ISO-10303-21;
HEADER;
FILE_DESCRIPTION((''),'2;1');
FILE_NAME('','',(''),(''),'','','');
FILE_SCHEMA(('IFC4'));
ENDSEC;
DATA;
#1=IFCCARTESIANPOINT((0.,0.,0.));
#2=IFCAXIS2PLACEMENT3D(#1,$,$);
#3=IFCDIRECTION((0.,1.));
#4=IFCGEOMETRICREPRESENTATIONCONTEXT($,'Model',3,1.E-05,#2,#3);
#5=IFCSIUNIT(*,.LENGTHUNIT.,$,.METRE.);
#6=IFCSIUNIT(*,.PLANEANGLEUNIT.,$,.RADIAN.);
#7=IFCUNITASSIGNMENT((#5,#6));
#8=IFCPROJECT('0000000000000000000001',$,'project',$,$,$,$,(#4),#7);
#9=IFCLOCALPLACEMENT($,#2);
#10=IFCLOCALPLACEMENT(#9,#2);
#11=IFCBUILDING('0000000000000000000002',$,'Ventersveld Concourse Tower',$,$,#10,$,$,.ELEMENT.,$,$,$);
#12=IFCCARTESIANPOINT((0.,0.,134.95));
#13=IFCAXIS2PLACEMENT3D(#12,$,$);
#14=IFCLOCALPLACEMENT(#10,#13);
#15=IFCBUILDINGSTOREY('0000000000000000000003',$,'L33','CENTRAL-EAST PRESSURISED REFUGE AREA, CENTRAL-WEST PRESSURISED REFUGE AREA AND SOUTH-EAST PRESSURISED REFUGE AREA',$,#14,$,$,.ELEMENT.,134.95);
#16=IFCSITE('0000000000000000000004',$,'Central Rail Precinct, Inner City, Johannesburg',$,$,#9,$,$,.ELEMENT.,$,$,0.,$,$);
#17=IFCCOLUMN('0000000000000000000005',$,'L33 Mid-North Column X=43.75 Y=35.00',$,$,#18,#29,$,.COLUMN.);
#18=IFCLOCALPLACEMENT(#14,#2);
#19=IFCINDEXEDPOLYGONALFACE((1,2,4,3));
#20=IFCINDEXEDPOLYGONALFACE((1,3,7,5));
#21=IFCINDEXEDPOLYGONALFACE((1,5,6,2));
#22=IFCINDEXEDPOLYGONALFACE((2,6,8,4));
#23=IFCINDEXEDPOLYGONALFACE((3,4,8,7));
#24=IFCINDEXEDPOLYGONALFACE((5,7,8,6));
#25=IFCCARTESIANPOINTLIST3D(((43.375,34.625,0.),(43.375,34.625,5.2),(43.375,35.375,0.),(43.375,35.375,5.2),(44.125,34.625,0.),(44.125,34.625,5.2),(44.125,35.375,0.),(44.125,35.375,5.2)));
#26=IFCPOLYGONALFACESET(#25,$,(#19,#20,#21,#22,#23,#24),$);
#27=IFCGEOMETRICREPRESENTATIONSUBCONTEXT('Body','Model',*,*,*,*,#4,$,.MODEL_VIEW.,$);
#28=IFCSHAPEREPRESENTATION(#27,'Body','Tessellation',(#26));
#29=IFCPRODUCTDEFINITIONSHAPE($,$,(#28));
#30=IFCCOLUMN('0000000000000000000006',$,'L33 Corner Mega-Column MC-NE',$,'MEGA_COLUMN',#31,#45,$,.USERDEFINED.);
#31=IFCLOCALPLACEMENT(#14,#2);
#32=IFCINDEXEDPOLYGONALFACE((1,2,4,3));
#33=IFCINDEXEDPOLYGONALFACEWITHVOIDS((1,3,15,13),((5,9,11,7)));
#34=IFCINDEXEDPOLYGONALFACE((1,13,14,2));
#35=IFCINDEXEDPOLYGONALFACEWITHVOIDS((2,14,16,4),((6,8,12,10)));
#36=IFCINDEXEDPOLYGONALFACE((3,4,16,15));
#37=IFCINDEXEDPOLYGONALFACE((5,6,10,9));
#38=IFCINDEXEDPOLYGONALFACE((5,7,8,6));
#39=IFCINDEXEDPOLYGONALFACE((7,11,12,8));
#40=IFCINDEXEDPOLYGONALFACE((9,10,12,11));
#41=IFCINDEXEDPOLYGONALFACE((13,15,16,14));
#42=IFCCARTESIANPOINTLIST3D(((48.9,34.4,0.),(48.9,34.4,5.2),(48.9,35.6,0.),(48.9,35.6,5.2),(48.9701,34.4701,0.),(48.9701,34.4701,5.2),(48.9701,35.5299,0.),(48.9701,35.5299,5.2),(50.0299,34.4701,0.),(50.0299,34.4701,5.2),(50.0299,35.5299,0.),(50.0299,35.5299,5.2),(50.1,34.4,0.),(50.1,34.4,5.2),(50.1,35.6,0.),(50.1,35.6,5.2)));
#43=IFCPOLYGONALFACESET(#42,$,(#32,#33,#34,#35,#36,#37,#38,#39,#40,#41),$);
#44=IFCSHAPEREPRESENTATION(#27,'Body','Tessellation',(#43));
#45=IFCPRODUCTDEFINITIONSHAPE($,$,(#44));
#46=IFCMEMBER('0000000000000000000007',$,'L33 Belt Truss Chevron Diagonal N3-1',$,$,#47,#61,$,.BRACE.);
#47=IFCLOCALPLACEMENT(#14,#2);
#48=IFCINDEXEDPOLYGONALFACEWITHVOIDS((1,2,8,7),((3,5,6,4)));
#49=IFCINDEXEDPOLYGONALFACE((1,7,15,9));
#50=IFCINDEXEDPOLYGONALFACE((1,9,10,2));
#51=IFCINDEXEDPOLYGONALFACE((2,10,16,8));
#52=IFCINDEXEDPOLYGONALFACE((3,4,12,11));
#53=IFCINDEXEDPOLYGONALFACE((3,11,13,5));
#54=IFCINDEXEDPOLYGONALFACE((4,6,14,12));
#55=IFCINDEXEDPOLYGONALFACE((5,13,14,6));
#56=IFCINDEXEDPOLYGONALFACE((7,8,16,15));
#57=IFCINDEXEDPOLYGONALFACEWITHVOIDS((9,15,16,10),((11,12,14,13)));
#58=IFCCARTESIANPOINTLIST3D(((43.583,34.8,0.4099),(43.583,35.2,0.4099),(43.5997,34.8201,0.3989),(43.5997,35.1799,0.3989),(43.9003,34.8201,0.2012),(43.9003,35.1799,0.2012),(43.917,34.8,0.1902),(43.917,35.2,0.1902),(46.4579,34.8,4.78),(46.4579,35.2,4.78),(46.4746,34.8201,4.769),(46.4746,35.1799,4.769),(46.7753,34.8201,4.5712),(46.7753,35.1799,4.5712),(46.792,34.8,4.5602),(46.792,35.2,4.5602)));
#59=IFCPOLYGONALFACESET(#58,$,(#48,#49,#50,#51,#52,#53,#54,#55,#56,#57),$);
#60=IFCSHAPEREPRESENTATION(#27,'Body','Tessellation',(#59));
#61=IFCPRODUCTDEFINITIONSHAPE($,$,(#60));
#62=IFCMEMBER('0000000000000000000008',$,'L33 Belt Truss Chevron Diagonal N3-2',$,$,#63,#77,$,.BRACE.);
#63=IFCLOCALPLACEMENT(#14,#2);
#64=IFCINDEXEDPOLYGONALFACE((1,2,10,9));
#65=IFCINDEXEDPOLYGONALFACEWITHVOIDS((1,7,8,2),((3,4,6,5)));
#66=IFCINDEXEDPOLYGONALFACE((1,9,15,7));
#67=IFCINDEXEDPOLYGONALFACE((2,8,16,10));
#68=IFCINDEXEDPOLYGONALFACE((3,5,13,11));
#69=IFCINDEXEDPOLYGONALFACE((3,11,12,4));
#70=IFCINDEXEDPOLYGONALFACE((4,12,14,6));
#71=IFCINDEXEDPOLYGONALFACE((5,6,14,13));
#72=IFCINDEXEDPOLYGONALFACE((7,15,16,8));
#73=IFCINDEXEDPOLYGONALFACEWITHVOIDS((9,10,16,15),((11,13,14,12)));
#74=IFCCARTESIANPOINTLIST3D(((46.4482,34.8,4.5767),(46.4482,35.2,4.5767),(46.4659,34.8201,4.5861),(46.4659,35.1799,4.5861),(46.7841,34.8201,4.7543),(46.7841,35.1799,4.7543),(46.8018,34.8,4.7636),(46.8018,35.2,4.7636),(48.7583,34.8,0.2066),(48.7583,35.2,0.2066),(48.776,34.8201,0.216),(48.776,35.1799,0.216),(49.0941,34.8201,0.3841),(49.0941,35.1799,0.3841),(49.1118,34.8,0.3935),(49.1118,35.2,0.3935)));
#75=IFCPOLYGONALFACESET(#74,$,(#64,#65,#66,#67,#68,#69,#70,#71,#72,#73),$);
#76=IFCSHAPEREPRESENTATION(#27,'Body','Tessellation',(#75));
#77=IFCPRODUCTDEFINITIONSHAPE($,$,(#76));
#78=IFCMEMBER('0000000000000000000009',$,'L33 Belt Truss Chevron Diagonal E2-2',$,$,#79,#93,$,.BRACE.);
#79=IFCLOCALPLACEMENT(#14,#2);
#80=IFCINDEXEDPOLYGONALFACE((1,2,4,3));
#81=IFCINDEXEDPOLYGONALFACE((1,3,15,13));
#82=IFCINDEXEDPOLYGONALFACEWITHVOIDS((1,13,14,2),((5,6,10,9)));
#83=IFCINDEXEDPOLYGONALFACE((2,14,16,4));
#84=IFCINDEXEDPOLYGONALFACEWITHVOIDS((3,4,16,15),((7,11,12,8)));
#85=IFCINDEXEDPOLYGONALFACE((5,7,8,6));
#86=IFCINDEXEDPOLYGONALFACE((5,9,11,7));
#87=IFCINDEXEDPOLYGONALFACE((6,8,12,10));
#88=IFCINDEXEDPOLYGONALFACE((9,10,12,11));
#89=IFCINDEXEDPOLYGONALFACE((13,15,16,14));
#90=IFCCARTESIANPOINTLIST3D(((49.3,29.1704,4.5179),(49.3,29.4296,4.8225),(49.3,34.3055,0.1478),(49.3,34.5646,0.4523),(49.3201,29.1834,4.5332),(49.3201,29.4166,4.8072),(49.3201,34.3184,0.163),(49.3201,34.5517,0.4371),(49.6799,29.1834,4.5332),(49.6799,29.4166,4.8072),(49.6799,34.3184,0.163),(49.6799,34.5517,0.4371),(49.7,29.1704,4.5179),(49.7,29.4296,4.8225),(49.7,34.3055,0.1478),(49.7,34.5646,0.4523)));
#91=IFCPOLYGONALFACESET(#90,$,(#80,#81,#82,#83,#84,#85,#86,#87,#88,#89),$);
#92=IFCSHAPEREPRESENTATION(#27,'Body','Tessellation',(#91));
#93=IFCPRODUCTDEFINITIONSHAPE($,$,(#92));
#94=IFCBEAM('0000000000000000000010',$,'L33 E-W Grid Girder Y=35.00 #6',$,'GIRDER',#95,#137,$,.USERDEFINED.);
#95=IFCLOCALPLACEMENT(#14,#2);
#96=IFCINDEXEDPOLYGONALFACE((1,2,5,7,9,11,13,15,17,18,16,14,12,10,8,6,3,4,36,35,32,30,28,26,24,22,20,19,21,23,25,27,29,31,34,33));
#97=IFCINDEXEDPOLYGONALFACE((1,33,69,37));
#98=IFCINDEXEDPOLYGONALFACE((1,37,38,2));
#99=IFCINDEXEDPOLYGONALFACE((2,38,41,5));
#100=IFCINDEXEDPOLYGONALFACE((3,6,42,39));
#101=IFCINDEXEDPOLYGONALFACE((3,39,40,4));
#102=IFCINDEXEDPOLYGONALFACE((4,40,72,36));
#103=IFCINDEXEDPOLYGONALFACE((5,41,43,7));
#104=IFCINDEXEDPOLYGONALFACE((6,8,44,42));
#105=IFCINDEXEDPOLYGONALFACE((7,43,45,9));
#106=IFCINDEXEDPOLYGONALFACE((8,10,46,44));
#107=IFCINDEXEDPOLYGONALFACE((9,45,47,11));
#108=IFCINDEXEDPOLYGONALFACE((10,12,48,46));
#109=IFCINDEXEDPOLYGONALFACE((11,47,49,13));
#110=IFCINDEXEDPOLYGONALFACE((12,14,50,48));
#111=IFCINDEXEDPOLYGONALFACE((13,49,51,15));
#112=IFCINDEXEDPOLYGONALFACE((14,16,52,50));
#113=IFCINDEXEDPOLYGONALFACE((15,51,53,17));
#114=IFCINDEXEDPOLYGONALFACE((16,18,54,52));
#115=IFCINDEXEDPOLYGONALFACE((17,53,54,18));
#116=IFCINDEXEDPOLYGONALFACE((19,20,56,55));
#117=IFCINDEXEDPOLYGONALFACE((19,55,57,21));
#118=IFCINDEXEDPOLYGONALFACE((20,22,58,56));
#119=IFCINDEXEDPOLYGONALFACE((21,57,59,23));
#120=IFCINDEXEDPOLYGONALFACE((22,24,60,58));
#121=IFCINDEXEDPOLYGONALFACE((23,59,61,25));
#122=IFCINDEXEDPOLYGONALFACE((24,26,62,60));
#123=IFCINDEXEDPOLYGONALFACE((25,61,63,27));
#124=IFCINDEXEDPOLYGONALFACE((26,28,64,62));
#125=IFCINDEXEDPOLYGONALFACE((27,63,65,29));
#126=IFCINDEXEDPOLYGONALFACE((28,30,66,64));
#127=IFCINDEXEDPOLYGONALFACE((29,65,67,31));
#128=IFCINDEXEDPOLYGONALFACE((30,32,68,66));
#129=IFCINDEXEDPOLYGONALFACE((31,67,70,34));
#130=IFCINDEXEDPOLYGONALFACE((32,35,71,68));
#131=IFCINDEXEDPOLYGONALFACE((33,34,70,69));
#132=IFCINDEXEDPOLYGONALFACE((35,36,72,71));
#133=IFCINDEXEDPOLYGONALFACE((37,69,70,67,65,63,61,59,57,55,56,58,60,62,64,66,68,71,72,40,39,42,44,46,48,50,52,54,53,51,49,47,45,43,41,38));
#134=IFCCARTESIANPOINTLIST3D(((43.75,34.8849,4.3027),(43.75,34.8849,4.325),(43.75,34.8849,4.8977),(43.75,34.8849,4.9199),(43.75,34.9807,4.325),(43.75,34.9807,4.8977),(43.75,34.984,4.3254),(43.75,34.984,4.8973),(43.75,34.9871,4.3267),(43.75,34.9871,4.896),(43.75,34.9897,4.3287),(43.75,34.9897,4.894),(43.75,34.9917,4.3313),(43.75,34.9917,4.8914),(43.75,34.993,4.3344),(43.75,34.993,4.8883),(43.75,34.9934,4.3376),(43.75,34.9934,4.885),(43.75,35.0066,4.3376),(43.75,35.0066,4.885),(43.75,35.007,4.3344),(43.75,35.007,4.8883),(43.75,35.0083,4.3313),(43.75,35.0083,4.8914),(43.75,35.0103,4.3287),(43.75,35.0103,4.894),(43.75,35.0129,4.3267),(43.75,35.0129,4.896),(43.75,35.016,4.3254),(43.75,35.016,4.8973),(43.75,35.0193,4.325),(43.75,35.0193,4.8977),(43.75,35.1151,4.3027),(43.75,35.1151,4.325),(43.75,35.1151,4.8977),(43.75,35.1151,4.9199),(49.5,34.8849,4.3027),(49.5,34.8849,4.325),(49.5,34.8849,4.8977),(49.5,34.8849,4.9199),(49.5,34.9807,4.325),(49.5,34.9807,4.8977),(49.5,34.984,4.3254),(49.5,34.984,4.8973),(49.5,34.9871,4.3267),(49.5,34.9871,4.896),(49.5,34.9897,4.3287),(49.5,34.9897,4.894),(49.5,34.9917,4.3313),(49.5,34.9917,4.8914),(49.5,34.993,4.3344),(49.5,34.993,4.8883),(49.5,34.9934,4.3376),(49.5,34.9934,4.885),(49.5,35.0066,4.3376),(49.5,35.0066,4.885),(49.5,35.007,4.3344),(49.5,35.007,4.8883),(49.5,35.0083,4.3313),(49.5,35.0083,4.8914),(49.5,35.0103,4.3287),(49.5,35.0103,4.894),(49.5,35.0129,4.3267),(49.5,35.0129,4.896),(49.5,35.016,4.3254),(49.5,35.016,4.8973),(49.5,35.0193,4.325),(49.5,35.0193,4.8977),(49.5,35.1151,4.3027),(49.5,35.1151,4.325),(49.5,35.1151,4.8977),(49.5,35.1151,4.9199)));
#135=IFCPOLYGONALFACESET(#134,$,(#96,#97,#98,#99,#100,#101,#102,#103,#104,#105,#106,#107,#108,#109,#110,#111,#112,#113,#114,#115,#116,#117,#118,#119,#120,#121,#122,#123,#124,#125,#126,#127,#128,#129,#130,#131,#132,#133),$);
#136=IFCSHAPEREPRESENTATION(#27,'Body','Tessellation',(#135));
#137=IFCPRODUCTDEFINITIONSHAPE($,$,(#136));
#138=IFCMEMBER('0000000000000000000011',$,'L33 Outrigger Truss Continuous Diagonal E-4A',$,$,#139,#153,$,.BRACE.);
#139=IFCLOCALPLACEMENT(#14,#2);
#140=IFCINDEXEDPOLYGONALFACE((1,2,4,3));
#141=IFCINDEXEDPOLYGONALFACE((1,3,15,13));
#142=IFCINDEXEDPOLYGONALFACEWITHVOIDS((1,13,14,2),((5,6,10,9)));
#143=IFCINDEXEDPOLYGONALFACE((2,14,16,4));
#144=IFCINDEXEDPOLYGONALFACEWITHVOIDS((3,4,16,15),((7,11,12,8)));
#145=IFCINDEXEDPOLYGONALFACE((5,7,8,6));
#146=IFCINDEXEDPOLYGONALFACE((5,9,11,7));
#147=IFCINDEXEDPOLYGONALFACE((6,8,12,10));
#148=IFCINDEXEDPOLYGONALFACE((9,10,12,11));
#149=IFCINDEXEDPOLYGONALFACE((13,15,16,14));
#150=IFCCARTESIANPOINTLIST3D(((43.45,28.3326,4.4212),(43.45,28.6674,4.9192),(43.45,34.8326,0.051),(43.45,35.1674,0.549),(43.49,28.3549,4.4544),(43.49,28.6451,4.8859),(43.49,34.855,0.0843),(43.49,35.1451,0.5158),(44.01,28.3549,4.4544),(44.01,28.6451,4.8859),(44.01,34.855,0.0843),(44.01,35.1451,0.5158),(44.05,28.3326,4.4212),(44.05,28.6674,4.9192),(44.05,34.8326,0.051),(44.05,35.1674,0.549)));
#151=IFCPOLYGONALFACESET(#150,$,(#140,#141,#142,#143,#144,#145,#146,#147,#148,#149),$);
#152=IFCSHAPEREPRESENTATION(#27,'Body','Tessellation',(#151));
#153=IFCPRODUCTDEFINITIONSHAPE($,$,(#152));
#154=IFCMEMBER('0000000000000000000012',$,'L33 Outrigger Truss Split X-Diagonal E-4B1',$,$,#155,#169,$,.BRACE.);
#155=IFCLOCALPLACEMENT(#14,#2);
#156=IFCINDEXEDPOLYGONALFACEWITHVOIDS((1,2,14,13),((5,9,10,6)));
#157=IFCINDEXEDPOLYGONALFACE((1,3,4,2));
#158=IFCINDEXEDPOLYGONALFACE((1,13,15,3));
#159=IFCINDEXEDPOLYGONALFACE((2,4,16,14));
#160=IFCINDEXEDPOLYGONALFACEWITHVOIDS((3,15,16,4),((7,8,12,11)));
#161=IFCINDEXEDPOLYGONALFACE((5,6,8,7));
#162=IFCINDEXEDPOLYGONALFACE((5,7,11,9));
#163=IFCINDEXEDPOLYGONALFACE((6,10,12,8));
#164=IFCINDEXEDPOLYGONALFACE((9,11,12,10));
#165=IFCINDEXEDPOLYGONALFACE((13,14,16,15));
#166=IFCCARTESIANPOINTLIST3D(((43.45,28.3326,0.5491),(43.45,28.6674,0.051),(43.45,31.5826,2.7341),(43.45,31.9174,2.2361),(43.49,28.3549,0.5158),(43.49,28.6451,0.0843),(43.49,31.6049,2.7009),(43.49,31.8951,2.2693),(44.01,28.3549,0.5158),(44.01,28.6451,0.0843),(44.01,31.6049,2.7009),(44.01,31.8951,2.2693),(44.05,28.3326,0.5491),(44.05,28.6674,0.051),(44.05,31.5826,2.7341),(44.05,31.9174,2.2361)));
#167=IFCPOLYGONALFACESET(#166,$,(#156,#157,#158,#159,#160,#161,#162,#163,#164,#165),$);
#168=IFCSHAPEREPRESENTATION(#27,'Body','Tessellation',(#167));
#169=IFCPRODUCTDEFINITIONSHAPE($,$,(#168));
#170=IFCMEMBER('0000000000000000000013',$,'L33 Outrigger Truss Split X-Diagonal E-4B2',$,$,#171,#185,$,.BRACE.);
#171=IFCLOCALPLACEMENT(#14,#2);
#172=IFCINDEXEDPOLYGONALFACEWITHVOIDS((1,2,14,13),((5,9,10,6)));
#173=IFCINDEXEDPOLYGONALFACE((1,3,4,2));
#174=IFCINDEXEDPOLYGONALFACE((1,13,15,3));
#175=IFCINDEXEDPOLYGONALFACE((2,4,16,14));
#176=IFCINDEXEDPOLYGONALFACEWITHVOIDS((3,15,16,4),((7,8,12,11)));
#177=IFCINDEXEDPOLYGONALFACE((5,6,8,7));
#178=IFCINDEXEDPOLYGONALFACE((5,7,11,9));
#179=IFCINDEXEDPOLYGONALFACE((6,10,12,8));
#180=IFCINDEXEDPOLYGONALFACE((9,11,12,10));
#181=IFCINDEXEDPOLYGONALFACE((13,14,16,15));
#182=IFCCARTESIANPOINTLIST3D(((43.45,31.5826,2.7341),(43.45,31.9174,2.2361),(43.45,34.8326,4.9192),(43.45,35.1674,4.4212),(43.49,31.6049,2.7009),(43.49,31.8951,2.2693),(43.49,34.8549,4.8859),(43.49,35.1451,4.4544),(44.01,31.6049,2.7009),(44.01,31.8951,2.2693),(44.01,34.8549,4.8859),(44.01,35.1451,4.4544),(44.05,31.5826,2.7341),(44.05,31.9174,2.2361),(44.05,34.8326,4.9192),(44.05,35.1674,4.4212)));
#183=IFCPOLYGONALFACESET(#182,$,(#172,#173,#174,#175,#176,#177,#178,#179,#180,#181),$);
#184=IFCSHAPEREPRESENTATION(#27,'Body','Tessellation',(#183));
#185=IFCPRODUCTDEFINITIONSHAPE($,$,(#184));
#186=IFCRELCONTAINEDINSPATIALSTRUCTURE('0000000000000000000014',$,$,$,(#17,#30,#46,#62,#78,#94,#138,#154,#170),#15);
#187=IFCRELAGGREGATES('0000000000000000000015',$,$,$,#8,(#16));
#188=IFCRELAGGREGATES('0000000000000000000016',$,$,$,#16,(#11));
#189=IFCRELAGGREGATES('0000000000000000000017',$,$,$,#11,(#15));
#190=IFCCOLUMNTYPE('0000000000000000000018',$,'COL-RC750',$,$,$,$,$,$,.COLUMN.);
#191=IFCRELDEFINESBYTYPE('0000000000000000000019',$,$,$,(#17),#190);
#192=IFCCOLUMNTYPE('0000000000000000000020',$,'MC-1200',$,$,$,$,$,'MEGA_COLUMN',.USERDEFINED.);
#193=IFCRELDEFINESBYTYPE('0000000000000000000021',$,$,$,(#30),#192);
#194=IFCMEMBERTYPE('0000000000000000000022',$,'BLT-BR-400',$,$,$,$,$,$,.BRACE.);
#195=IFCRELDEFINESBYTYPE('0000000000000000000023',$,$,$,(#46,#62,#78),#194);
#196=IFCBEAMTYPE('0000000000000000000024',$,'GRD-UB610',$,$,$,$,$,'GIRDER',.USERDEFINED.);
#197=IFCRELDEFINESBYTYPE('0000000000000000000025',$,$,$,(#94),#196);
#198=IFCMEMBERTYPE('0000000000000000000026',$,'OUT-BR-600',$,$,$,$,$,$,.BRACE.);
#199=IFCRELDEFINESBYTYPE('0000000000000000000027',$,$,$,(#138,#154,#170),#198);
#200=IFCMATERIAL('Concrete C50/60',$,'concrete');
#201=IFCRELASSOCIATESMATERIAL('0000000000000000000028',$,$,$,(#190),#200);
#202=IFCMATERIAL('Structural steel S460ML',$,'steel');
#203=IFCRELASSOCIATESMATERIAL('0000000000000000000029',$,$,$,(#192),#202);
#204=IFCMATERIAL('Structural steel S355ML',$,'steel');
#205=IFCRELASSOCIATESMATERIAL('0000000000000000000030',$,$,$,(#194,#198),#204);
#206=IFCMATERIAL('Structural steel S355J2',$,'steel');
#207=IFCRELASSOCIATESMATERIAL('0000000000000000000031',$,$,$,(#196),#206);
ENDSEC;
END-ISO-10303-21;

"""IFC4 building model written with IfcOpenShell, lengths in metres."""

from ifc_helpers import new_model, si_unit, direction, frame, origin, origin_2d, place, context, subcontext, project, spatial, rectangle, hollow_rectangle, i_section, extrude, material, material_profile, profile_set, type_object, element, save


model = new_model("IFC4")

# Units and contexts
model_context = context("Model", 3, precision=1e-05, world=origin(), true_north=direction((0.0, 1.0)))
body_context = subcontext(model_context, "Body", "Model", "MODEL_VIEW")
ifc_project = project(units=[si_unit("LENGTHUNIT", "METRE"), si_unit("PLANEANGLEUNIT", "RADIAN")], contexts=[model_context])

# Site, building, storey
site_placement = place(None, origin())
site = spatial("IfcSite", under=ifc_project, at=site_placement, Name="Central Rail Precinct, Inner City, Johannesburg", CompositionType="ELEMENT", RefElevation=0.0)
building_placement = place(site_placement, origin())
building = spatial("IfcBuilding", under=site, at=building_placement, Name="Ventersveld Concourse Tower", CompositionType="ELEMENT")
storey_placement = place(building_placement, frame((0.0, 0.0, 134.95)))
storey = spatial("IfcBuildingStorey", under=building, at=storey_placement, Name="L33", Description="CENTRAL-EAST PRESSURISED REFUGE AREA, CENTRAL-WEST PRESSURISED REFUGE AREA AND SOUTH-EAST PRESSURISED REFUGE AREA", CompositionType="ELEMENT", Elevation=134.95)

# Columns
ifc_material_1 = material(Name="Concrete C50/60", Category="concrete")
ifc_material_profile_1 = material_profile(ifc_material_1, rectangle(XDim=0.75, YDim=0.75, at=origin_2d()), Name="RC 750x750")
ifc_profile_set_1 = profile_set([ifc_material_profile_1], Name="Concrete C50/60")
column_type_1 = type_object("IfcColumnType", Name="COL-RC750", PredefinedType="COLUMN", material=ifc_profile_set_1)
column_1_placement = place(storey_placement, frame((43.75, 35.0, 0.0), z_axis=(0.0, 0.0, 1.0), x_axis=(1.0, 0.0, 0.0)))
element("IfcColumn", 1, at=column_1_placement, inside=storey, type_object=column_type_1, Name="L33 Mid-North Column X=43.75 Y=35.00", PredefinedType="COLUMN", context=body_context, shape_type="SweptSolid", body=[
    extrude(rectangle(XDim=0.75, YDim=0.75, at=origin_2d()), origin(), (0.0, 0.0, 1.0), 5.2),
])
ifc_material_2 = material(Name="Structural steel S460ML", Category="steel")
ifc_material_profile_2 = material_profile(ifc_material_2, hollow_rectangle(XDim=1.2, YDim=1.2, WallThickness=0.0701, at=origin_2d()), Name="BOX 1200x1200x70")
ifc_profile_set_2 = profile_set([ifc_material_profile_2], Name="Structural steel S460ML")
column_type_2 = type_object("IfcColumnType", Name="MC-1200", ElementType="MEGA_COLUMN", PredefinedType="USERDEFINED", material=ifc_profile_set_2)
column_2_placement = place(storey_placement, frame((49.5, 35.0, 0.0), z_axis=(0.0, 0.0, 1.0), x_axis=(1.0, 0.0, 0.0)))
element("IfcColumn", 2, at=column_2_placement, inside=storey, type_object=column_type_2, Name="L33 Corner Mega-Column MC-NE", ObjectType="MEGA_COLUMN", PredefinedType="USERDEFINED", context=body_context, shape_type="SweptSolid", body=[
    extrude(hollow_rectangle(XDim=1.2, YDim=1.2, WallThickness=0.0701, at=origin_2d()), origin(), (0.0, 0.0, 1.0), 5.2),
])

# Members
ifc_material_3 = material(Name="Structural steel S355ML", Category="steel")
ifc_material_profile_3 = material_profile(ifc_material_3, hollow_rectangle(XDim=0.3999, YDim=0.3999, WallThickness=0.02, at=origin_2d()), Name="SHS 400x400x20")
ifc_profile_set_3 = profile_set([ifc_material_profile_3], Name="Structural steel S355ML")
member_type_1 = type_object("IfcMemberType", Name="BLT-BR-400", PredefinedType="BRACE", material=ifc_profile_set_3)
member_1_placement = place(storey_placement, frame((43.75, 35.0, 0.3), z_axis=(0.549606, 0.0, 0.835424), x_axis=(0.0, 1.0, 0.0)))
element("IfcMember", 3, at=member_1_placement, inside=storey, type_object=member_type_1, Name="L33 Belt Truss Chevron Diagonal N3-1", PredefinedType="BRACE", context=body_context, shape_type="SweptSolid", body=[
    extrude(hollow_rectangle(XDim=0.3999, YDim=0.3999, WallThickness=0.02, at=origin_2d()), origin(), (0.0, 0.0, 1.0), 5.231),
])
member_2_placement = place(storey_placement, frame((48.9351, 35.0, 0.3), z_axis=(-0.467329, 0.0, 0.884083), x_axis=(0.0, -1.0, 0.0)))
element("IfcMember", 4, at=member_2_placement, inside=storey, type_object=member_type_1, Name="L33 Belt Truss Chevron Diagonal N3-2", PredefinedType="BRACE", context=body_context, shape_type="SweptSolid", body=[
    extrude(hollow_rectangle(XDim=0.3999, YDim=0.3999, WallThickness=0.02, at=origin_2d()), origin(), (0.0, 0.0, 1.0), 4.9431),
])
member_3_placement = place(storey_placement, frame((49.5, 34.4351, 0.3), z_axis=(0.0, -0.761547, 0.64811), x_axis=(1.0, 0.0, 0.0)))
element("IfcMember", 5, at=member_3_placement, inside=storey, type_object=member_type_1, Name="L33 Belt Truss Chevron Diagonal E2-2", PredefinedType="BRACE", context=body_context, shape_type="SweptSolid", body=[
    extrude(hollow_rectangle(XDim=0.3999, YDim=0.3999, WallThickness=0.02, at=origin_2d()), origin(), (0.0, 0.0, 1.0), 6.7429),
])

# Beam
ifc_material_4 = material(Name="Structural steel S355J2", Category="steel")
ifc_material_profile_4 = material_profile(ifc_material_4, i_section(OverallWidth=0.2302, OverallDepth=0.6172, WebThickness=0.0132, FlangeThickness=0.0222, FilletRadius=0.0127, at=origin_2d()), Name="UB 610x229x140")
ifc_profile_set_4 = profile_set([ifc_material_profile_4], Name="Structural steel S355J2")
beam_type = type_object("IfcBeamType", Name="GRD-UB610", ElementType="GIRDER", PredefinedType="USERDEFINED", material=ifc_profile_set_4)
beam_placement = place(storey_placement, frame((43.75, 35.0, 4.6113), z_axis=(1.0, 0.0, 0.0), x_axis=(0.0, 1.0, 0.0)))
element("IfcBeam", 6, at=beam_placement, inside=storey, type_object=beam_type, Name="L33 E-W Grid Girder Y=35.00 #6", ObjectType="GIRDER", PredefinedType="USERDEFINED", context=body_context, shape_type="SweptSolid", body=[
    extrude(i_section(OverallWidth=0.2302, OverallDepth=0.6172, WebThickness=0.0132, FlangeThickness=0.0222, FilletRadius=0.0127, at=origin_2d()), origin(), (0.0, 0.0, 1.0), 5.75),
])

# Members
ifc_material_profile_5 = material_profile(ifc_material_3, hollow_rectangle(XDim=0.6001, YDim=0.6001, WallThickness=0.04, at=origin_2d()), Name="BOX 600x600x40")
ifc_profile_set_5 = profile_set([ifc_material_profile_5], Name="Structural steel S355ML")
member_type_2 = type_object("IfcMemberType", Name="OUT-BR-600", PredefinedType="BRACE", material=ifc_profile_set_5)
member_4_placement = place(storey_placement, frame((43.75, 28.5, 4.6702), z_axis=(0.0, 0.829876, -0.557947), x_axis=(-1.0, 0.0, 0.0)))
element("IfcMember", 7, at=member_4_placement, inside=storey, type_object=member_type_2, Name="L33 Outrigger Truss Continuous Diagonal E-4A", PredefinedType="BRACE", context=body_context, shape_type="SweptSolid", body=[
    extrude(hollow_rectangle(XDim=0.6001, YDim=0.6001, WallThickness=0.04, at=origin_2d()), origin(), (0.0, 0.0, 1.0), 7.8325),
])
for number, where, z_axis, x_axis, name in (
    (8, (43.75, 28.5, 0.3), (0.0, 0.829876, 0.557947), (-1.0, 0.0, 0.0), "L33 Outrigger Truss Split X-Diagonal E-4B1"),
    (9, (43.75, 31.75, 2.4851), (0.0, 0.829876, 0.557947), (-1.0, 0.0, 0.0), "L33 Outrigger Truss Split X-Diagonal E-4B2"),
):
    element("IfcMember", number, at=place(storey_placement, frame(where, z_axis=z_axis, x_axis=x_axis)), inside=storey, type_object=member_type_2, Name=name, PredefinedType="BRACE", context=body_context, shape_type="SweptSolid", body=[
        extrude(hollow_rectangle(XDim=0.6001, YDim=0.6001, WallThickness=0.04, at=origin_2d()), origin(), (0.0, 0.0, 1.0), 3.9163),
    ])

save(model, "model.ifc")
